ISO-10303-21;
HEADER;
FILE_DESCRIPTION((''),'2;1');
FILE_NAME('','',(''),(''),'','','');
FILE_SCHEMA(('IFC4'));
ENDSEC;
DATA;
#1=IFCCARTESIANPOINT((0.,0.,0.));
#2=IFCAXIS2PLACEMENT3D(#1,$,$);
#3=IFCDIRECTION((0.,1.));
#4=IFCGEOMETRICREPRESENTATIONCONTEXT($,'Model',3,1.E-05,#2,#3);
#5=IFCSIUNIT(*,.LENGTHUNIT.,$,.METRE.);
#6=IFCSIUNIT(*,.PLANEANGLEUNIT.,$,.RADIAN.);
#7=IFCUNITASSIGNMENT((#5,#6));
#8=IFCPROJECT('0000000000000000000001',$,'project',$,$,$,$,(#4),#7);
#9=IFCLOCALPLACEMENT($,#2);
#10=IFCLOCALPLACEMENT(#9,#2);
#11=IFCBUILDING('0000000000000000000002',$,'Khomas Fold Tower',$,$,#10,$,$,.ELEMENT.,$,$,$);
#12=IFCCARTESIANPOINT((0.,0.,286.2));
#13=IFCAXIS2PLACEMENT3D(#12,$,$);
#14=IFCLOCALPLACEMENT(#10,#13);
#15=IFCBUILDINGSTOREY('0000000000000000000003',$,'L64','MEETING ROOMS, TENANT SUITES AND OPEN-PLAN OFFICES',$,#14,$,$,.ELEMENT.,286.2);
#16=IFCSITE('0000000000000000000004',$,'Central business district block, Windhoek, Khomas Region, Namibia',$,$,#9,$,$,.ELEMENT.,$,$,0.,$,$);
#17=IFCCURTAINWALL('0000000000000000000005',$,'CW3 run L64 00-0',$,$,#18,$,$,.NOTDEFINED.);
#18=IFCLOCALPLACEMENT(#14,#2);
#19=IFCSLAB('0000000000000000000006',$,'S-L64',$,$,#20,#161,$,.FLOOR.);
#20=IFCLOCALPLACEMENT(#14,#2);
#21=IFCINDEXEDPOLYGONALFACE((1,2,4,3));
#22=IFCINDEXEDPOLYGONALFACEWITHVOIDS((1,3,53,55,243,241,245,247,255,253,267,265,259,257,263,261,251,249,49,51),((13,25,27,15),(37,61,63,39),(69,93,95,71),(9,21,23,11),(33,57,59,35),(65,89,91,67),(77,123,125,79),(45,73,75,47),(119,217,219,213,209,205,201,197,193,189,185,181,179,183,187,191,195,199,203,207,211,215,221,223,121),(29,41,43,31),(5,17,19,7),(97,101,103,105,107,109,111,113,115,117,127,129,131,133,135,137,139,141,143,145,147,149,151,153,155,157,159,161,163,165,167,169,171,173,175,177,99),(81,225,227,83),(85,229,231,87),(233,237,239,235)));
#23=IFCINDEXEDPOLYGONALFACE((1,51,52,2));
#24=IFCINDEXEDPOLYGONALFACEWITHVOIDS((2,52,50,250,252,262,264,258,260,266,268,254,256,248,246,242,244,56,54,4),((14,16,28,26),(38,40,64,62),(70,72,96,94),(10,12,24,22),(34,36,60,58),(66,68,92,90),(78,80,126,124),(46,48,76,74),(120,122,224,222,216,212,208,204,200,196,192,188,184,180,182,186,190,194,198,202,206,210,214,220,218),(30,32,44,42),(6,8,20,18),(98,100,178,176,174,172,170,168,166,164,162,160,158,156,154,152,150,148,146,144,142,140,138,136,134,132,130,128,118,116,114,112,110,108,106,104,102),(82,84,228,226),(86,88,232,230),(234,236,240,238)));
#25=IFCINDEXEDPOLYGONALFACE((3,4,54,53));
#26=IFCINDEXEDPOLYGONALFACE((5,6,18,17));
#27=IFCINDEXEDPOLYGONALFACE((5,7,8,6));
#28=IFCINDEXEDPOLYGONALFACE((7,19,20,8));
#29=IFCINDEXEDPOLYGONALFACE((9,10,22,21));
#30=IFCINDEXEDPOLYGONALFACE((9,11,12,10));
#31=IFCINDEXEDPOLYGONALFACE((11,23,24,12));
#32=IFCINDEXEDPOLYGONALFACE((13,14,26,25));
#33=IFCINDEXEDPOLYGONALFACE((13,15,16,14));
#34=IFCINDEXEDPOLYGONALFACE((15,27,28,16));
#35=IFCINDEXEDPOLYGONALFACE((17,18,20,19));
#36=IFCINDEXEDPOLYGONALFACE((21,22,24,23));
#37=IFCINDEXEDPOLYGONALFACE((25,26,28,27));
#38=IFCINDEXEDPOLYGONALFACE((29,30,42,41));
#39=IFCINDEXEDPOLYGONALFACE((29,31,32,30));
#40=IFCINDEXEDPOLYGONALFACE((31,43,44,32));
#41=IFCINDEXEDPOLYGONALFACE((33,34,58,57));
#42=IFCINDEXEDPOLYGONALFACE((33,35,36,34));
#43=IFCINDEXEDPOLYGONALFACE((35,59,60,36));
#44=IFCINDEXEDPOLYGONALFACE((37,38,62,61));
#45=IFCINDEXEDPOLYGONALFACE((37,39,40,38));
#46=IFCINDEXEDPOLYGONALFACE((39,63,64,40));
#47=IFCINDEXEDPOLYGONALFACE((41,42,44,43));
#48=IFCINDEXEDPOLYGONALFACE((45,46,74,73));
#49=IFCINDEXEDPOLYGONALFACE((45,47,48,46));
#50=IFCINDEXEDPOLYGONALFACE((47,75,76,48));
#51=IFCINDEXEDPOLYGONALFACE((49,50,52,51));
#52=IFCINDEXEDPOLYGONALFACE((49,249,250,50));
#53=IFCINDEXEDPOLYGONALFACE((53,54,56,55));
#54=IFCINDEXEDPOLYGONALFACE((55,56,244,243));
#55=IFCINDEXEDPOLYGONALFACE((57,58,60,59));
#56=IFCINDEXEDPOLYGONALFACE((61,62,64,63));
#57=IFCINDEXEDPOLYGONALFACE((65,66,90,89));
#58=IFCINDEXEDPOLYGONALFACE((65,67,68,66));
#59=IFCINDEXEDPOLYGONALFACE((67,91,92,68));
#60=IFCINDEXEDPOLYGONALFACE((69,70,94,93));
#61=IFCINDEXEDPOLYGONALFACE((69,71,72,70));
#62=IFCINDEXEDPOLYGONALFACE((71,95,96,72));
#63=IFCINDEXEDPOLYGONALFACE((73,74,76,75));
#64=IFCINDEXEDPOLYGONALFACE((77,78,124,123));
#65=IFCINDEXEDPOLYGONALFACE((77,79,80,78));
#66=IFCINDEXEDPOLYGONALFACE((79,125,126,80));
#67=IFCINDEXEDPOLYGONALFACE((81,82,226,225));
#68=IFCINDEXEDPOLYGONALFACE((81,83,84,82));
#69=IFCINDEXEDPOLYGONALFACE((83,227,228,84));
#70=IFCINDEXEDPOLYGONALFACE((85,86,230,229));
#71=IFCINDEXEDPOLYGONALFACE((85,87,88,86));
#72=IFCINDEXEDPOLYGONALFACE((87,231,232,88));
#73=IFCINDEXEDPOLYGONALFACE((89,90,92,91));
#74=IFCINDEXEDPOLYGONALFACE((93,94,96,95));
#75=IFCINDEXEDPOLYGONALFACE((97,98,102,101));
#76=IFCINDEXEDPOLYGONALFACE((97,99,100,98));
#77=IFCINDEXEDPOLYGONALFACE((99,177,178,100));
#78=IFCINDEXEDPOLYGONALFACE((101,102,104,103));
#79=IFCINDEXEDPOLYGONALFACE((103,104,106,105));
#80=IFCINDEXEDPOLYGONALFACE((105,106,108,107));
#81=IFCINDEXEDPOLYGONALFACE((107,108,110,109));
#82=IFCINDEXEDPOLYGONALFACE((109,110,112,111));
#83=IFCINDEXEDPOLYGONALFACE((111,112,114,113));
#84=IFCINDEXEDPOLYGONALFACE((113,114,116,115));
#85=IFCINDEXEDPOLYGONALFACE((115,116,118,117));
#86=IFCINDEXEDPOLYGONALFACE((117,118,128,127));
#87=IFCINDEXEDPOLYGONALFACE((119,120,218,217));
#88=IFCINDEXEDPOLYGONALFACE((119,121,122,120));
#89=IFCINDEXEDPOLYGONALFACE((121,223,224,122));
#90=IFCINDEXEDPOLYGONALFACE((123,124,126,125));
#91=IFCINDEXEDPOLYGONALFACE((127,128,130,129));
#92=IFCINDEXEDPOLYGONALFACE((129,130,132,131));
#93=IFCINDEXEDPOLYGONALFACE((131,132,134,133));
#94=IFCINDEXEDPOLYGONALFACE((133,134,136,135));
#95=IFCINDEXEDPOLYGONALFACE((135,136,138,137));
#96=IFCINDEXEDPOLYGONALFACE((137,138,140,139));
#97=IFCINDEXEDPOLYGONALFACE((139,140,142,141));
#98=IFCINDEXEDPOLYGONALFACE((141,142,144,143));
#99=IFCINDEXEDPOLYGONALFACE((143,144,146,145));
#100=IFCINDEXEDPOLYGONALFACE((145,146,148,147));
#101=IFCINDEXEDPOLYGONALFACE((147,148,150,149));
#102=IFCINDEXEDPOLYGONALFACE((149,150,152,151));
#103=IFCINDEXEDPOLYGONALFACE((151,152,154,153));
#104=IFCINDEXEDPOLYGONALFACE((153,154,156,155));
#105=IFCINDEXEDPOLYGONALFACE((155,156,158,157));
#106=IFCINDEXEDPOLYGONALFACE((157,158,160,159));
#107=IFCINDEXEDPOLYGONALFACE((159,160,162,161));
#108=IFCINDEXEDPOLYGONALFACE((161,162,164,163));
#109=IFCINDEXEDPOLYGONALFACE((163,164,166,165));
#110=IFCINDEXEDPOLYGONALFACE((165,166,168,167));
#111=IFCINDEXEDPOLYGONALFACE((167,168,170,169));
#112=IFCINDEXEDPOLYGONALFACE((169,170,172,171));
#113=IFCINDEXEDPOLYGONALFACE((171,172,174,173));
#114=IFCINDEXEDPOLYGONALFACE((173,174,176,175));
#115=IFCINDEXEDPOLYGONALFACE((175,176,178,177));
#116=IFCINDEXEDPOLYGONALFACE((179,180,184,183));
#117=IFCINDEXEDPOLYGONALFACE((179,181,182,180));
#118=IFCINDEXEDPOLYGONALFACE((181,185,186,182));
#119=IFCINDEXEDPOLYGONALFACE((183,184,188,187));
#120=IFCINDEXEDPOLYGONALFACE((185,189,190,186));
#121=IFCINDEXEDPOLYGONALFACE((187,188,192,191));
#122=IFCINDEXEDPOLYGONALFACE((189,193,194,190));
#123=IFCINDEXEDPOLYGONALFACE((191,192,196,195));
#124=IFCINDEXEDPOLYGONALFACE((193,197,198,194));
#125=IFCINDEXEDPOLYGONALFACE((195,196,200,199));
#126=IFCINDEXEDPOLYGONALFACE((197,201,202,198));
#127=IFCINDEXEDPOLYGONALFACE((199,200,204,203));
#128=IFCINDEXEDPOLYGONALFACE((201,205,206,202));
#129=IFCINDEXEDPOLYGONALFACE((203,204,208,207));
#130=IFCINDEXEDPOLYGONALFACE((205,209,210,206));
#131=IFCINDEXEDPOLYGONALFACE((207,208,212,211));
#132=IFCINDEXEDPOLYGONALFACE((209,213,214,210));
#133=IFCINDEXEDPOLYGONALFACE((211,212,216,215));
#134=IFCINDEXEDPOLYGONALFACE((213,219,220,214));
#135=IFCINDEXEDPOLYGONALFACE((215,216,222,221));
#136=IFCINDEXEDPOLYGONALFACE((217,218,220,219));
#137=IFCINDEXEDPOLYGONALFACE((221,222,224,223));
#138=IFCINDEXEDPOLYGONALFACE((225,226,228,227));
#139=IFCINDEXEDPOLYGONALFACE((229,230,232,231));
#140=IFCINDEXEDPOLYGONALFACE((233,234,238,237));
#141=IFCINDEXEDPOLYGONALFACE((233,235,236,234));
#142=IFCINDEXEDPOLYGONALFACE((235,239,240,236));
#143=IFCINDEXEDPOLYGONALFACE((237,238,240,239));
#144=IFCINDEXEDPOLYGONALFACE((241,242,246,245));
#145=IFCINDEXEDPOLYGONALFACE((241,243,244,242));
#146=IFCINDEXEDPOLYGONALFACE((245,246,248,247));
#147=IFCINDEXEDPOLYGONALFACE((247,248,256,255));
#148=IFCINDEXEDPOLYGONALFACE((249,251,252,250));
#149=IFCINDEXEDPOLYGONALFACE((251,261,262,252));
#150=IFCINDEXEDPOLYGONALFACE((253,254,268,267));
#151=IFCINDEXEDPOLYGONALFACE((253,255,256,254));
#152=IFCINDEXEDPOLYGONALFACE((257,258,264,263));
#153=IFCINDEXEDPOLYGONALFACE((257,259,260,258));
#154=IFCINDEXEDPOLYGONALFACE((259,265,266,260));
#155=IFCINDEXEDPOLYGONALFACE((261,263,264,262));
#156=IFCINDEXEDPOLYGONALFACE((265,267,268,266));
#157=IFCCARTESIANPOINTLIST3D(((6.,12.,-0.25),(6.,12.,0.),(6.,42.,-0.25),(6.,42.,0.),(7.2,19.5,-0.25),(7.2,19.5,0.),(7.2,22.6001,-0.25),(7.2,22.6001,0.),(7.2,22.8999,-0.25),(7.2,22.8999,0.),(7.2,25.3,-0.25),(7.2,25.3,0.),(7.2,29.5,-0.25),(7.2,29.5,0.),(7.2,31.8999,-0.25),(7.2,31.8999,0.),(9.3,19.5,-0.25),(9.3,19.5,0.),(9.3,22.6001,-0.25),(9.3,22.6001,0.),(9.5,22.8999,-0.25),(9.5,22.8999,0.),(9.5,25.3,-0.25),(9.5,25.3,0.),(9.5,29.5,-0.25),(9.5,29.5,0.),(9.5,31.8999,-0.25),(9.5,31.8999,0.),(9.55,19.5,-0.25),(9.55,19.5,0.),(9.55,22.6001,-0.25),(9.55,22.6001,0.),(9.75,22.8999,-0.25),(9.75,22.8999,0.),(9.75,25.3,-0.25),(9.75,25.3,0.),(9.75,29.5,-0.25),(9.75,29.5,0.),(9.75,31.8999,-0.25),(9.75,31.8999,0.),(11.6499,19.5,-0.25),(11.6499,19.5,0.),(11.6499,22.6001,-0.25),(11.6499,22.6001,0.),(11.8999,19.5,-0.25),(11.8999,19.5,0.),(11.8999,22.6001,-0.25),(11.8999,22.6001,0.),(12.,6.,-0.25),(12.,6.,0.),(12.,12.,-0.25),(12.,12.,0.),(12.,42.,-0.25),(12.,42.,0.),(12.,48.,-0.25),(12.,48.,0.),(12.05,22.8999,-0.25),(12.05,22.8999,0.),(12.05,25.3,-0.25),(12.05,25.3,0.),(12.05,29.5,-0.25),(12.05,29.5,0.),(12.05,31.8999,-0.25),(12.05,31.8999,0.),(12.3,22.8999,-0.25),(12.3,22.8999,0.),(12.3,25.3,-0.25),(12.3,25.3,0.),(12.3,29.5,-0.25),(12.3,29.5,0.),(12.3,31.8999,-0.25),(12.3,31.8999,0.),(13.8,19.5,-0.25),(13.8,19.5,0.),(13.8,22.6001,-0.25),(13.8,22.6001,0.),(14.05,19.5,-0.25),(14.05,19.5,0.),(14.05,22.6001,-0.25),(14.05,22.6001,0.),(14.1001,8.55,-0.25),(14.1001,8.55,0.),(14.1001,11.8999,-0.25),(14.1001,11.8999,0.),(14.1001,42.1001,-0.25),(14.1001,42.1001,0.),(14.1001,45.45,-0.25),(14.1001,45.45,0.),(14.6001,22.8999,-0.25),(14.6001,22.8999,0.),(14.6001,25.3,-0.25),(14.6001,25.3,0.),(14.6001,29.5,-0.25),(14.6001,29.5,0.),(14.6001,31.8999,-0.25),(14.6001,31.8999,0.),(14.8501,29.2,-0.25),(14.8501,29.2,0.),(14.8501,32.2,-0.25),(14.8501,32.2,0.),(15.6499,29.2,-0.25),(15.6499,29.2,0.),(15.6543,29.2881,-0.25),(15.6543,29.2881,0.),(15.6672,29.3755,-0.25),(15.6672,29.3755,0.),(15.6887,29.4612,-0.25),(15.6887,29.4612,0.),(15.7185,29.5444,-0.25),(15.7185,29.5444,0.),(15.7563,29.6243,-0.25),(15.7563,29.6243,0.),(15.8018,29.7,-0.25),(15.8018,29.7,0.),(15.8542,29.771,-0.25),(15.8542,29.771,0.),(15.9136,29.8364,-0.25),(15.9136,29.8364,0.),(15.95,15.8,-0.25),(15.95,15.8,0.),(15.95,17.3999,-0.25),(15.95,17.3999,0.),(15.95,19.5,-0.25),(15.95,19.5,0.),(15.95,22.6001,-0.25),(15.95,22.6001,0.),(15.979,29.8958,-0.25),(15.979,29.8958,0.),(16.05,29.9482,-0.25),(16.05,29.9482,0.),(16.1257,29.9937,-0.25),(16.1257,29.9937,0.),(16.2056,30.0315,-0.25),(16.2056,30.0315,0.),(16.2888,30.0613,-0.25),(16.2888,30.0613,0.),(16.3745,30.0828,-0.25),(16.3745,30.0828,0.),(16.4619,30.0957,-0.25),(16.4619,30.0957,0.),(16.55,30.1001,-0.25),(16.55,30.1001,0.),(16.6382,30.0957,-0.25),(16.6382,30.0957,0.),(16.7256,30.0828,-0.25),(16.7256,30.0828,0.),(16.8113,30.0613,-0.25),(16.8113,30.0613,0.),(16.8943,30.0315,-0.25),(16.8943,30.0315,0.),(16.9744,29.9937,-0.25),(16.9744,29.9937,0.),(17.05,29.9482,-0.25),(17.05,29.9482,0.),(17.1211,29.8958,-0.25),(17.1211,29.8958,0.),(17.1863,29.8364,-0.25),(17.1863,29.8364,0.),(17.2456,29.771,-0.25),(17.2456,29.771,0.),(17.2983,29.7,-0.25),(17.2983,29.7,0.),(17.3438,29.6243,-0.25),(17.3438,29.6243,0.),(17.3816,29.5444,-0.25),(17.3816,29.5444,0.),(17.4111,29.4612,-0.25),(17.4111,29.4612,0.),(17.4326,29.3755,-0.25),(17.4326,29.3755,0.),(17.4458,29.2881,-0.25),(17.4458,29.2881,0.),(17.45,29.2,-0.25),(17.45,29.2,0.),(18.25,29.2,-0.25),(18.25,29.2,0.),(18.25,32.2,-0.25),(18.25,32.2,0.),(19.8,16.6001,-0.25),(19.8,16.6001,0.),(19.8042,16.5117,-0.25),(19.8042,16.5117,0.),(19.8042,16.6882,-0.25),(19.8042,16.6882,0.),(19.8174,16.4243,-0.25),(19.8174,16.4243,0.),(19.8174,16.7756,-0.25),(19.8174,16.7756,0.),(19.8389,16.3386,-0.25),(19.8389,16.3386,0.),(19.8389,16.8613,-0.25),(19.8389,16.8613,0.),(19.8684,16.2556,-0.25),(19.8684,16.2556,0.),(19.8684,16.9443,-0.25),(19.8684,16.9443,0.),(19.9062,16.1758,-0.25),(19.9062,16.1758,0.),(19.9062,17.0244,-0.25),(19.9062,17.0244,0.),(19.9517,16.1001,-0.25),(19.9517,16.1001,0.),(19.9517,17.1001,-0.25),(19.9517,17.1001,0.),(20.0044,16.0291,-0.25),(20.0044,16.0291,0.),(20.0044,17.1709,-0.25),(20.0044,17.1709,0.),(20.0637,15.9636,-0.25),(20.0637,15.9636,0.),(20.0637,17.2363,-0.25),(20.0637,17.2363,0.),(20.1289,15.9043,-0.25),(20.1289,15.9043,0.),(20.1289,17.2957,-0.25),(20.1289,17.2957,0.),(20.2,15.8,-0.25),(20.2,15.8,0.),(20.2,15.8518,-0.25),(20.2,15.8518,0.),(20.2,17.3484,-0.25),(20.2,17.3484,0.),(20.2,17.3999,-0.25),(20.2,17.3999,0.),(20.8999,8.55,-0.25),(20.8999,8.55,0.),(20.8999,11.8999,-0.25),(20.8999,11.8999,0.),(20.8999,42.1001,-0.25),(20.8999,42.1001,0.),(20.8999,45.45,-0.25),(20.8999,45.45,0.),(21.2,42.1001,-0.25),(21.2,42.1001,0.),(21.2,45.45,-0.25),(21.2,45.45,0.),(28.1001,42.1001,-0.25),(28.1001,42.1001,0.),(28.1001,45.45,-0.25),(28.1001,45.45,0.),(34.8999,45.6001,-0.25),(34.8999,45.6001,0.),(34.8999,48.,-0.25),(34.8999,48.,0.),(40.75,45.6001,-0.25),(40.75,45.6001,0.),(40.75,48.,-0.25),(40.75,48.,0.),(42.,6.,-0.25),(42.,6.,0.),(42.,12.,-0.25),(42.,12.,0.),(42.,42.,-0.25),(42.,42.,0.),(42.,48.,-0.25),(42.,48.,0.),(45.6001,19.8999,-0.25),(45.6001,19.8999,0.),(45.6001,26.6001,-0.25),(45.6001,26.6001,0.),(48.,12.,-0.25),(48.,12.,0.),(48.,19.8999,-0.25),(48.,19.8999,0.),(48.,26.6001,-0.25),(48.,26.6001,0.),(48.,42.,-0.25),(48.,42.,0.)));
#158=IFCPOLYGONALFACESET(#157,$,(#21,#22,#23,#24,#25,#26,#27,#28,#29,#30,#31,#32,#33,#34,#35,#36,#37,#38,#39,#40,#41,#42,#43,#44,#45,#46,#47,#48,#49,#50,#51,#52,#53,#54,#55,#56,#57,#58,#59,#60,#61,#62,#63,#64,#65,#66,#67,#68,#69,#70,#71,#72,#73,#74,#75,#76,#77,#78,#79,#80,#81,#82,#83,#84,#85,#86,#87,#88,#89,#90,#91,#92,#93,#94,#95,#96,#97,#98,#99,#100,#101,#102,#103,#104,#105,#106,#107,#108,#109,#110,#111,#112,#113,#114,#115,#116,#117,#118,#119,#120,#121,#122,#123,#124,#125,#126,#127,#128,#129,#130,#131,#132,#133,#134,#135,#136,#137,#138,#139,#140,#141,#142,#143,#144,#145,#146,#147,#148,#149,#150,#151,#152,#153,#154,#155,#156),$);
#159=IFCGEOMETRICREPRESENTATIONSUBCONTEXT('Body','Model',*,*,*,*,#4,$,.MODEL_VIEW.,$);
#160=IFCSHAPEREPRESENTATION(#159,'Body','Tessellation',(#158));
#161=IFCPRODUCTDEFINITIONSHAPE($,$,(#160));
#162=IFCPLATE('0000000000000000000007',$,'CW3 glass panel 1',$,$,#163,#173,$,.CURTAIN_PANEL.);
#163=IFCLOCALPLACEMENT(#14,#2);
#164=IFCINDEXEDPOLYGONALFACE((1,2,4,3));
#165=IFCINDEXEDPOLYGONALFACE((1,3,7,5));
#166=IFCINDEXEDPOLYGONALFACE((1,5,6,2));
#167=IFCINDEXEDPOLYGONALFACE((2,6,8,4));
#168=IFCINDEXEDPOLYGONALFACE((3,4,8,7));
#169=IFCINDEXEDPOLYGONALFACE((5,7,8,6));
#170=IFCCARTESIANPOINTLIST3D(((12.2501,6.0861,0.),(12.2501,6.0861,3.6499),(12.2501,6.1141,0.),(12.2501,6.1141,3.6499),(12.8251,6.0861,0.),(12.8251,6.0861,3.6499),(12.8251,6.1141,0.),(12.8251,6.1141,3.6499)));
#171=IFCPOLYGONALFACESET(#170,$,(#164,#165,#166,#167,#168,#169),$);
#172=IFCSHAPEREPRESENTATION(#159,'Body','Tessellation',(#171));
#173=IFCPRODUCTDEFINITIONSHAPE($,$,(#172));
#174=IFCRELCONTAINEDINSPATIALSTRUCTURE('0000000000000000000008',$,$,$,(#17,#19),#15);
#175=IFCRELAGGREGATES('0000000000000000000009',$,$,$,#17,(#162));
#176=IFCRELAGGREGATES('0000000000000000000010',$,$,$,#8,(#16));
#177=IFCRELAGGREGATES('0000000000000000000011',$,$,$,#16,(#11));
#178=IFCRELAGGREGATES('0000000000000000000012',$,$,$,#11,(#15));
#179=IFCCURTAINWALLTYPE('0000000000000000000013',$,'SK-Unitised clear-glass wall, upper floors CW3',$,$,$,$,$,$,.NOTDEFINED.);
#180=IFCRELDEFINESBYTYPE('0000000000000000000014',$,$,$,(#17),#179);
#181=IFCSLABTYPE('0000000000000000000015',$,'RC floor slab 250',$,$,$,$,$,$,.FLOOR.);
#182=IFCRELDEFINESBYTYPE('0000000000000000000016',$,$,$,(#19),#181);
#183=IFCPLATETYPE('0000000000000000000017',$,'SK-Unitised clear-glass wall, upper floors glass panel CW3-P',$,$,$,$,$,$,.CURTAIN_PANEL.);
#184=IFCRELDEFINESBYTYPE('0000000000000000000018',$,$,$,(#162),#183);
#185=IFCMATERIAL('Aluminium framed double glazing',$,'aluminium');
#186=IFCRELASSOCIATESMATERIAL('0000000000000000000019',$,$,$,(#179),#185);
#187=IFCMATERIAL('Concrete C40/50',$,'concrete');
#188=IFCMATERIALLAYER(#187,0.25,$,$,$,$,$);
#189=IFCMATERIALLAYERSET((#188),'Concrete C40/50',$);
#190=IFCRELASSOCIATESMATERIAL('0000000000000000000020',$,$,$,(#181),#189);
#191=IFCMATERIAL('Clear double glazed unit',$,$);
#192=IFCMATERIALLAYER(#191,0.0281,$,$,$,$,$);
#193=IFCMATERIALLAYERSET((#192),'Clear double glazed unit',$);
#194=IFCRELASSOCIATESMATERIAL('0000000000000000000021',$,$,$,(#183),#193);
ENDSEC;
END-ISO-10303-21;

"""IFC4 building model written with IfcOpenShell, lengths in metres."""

from ifc_helpers import new_model, si_unit, direction, frame, origin, origin_2d, place, context, subcontext, project, spatial, polyline, rectangle, outline, extrude, source, transform, mapped, material, layer, layer_set, type_object, element, aggregate, save


model = new_model("IFC4")

# Units and contexts
model_context = context("Model", 3, precision=1e-05, world=origin(), true_north=direction((0.0, 1.0)))
body_context = subcontext(model_context, "Body", "Model", "MODEL_VIEW")
ifc_project = project(units=[si_unit("LENGTHUNIT", "METRE"), si_unit("PLANEANGLEUNIT", "RADIAN")], contexts=[model_context])

# Site, building, storey
site_placement = place(None, origin())
site = spatial("IfcSite", under=ifc_project, at=site_placement, Name="Central business district block, Windhoek, Khomas Region, Namibia", CompositionType="ELEMENT", RefElevation=0.0)
building_placement = place(site_placement, origin())
building = spatial("IfcBuilding", under=site, at=building_placement, Name="Khomas Fold Tower", CompositionType="ELEMENT")
storey_placement = place(building_placement, frame((0.0, 0.0, 286.2)))
storey = spatial("IfcBuildingStorey", under=building, at=storey_placement, Name="L64", Description="MEETING ROOMS, TENANT SUITES AND OPEN-PLAN OFFICES", CompositionType="ELEMENT", Elevation=286.2)

# Curtain wall
ifc_material_1 = material(Name="Aluminium framed double glazing", Category="aluminium")
curtain_wall_type = type_object("IfcCurtainWallType", Name="SK-Unitised clear-glass wall, upper floors CW3", PredefinedType="NOTDEFINED", material=ifc_material_1)
curtain_wall_1_placement = place(storey_placement, origin())
curtain_wall_1 = element("IfcCurtainWall", 1, at=curtain_wall_1_placement, inside=storey, type_object=curtain_wall_type, Name="CW3 run L64 00-0", PredefinedType="NOTDEFINED")

# Slab
ifc_material_2 = material(Name="Concrete C40/50", Category="concrete")
ifc_layer_1 = layer(ifc_material_2, 0.25)
ifc_layer_set_1 = layer_set([ifc_layer_1], Name="Concrete C40/50")
slab_type_1 = type_object("IfcSlabType", Name="RC floor slab 250", PredefinedType="FLOOR", material=ifc_layer_set_1)
shared_shape_1 = source(origin(), body_context, "Body", "SweptSolid", [
    extrude(outline(polyline([(6.0, 12.0), (12.0, 12.0), (12.0, 6.0), (42.0, 6.0), (42.0, 12.0), (48.0, 12.0), (48.0, 19.8999), (45.6001, 19.8999), (45.6001, 26.6001), (48.0, 26.6001), (48.0, 42.0), (42.0, 42.0), (42.0, 48.0), (40.75, 48.0), (40.75, 45.6001), (34.8999, 45.6001), (34.8999, 48.0), (12.0, 48.0), (12.0, 42.0), (6.0, 42.0), (6.0, 12.0)]), holes=[polyline([(7.2, 19.5), (7.2, 22.6001), (9.3, 22.6001), (9.3, 19.5), (7.2, 19.5)]), polyline([(7.2, 22.8999), (7.2, 25.3), (9.5, 25.3), (9.5, 22.8999), (7.2, 22.8999)]), polyline([(7.2, 29.5), (7.2, 31.8999), (9.5, 31.8999), (9.5, 29.5), (7.2, 29.5)]), polyline([(9.55, 19.5), (9.55, 22.6001), (11.6499, 22.6001), (11.6499, 19.5), (9.55, 19.5)]), polyline([(9.75, 22.8999), (9.75, 25.3), (12.05, 25.3), (12.05, 22.8999), (9.75, 22.8999)]), polyline([(9.75, 29.5), (9.75, 31.8999), (12.05, 31.8999), (12.05, 29.5), (9.75, 29.5)]), polyline([(11.8999, 19.5), (11.8999, 22.6001), (13.8, 22.6001), (13.8, 19.5), (11.8999, 19.5)]), polyline([(12.3, 22.8999), (12.3, 25.3), (14.6001, 25.3), (14.6001, 22.8999), (12.3, 22.8999)]), polyline([(12.3, 29.5), (12.3, 31.8999), (14.6001, 31.8999), (14.6001, 29.5), (12.3, 29.5)]), polyline([(14.05, 19.5), (14.05, 22.6001), (15.95, 22.6001), (15.95, 19.5), (14.05, 19.5)]), polyline([(14.1001, 8.55), (14.1001, 11.8999), (20.8999, 11.8999), (20.8999, 8.55), (14.1001, 8.55)]), polyline([(14.1001, 42.1001), (14.1001, 45.45), (20.8999, 45.45), (20.8999, 42.1001), (14.1001, 42.1001)]), polyline([(14.8501, 29.2), (14.8501, 32.2), (18.25, 32.2), (18.25, 29.2), (17.45, 29.2), (17.4458, 29.2881), (17.4326, 29.3755), (17.4111, 29.4612), (17.3816, 29.5444), (17.3438, 29.6243), (17.2983, 29.7), (17.2456, 29.771), (17.1863, 29.8364), (17.1211, 29.8958), (17.05, 29.9482), (16.9744, 29.9937), (16.8943, 30.0315), (16.8113, 30.0613), (16.7256, 30.0828), (16.6382, 30.0957), (16.55, 30.1001), (16.4619, 30.0957), (16.3745, 30.0828), (16.2888, 30.0613), (16.2056, 30.0315), (16.1257, 29.9937), (16.05, 29.9482), (15.979, 29.8958), (15.9136, 29.8364), (15.8542, 29.771), (15.8018, 29.7), (15.7563, 29.6243), (15.7185, 29.5444), (15.6887, 29.4612), (15.6672, 29.3755), (15.6543, 29.2881), (15.6499, 29.2), (14.8501, 29.2)]), polyline([(15.95, 15.8), (15.95, 17.3999), (20.2, 17.3999), (20.2, 17.3484), (20.2, 17.3484), (20.1289, 17.2957), (20.0637, 17.2363), (20.0044, 17.1709), (19.9517, 17.1001), (19.9062, 17.0244), (19.8684, 16.9443), (19.8389, 16.8613), (19.8174, 16.7756), (19.8042, 16.6882), (19.8, 16.6001), (19.8042, 16.5117), (19.8174, 16.4243), (19.8389, 16.3386), (19.8684, 16.2556), (19.9062, 16.1758), (19.9517, 16.1001), (20.0044, 16.0291), (20.0637, 15.9636), (20.1289, 15.9043), (20.2, 15.8518), (20.2, 15.8518), (20.2, 15.8), (15.95, 15.8)]), polyline([(21.2, 42.1001), (21.2, 45.45), (28.1001, 45.45), (28.1001, 42.1001), (21.2, 42.1001)])]), origin(), (0.0, 0.0, 1.0), 0.25),
])
slab_1_placement = place(storey_placement, frame((0.0, 0.0, -0.25)))
element("IfcSlab", 2, at=slab_1_placement, inside=storey, type_object=slab_type_1, Name="S-L64", PredefinedType="FLOOR", context=body_context, shape_type="MappedRepresentation", body=[
    mapped(shared_shape_1, transform((0.0, 0.0, 0.0))),
])

# Plate
ifc_material_3 = material(Name="Clear double glazed unit")
ifc_layer_2 = layer(ifc_material_3, 0.0281)
ifc_layer_set_2 = layer_set([ifc_layer_2], Name="Clear double glazed unit")
plate_type = type_object("IfcPlateType", Name="SK-Unitised clear-glass wall, upper floors glass panel CW3-P", PredefinedType="CURTAIN_PANEL", material=ifc_layer_set_2)
shared_shape_2 = source(origin(), body_context, "Body", "SweptSolid", [
    extrude(rectangle(XDim=0.575, YDim=0.0281, at=origin_2d()), origin(), (0.0, 0.0, 1.0), 3.6499),
])
plate_1_placement = place(storey_placement, frame((12.5376, 6.1001, 0.0), z_axis=(0.0, 0.0, 1.0), x_axis=(1.0, 0.0, 0.0)))
plate_1 = element("IfcPlate", 3, at=plate_1_placement, type_object=plate_type, Name="CW3 glass panel 1", PredefinedType="CURTAIN_PANEL", context=body_context, shape_type="MappedRepresentation", body=[
    mapped(shared_shape_2, transform((0.0, 0.0, 0.0))),
])
aggregate(curtain_wall_1, [plate_1])

save(model, "model.ifc")
